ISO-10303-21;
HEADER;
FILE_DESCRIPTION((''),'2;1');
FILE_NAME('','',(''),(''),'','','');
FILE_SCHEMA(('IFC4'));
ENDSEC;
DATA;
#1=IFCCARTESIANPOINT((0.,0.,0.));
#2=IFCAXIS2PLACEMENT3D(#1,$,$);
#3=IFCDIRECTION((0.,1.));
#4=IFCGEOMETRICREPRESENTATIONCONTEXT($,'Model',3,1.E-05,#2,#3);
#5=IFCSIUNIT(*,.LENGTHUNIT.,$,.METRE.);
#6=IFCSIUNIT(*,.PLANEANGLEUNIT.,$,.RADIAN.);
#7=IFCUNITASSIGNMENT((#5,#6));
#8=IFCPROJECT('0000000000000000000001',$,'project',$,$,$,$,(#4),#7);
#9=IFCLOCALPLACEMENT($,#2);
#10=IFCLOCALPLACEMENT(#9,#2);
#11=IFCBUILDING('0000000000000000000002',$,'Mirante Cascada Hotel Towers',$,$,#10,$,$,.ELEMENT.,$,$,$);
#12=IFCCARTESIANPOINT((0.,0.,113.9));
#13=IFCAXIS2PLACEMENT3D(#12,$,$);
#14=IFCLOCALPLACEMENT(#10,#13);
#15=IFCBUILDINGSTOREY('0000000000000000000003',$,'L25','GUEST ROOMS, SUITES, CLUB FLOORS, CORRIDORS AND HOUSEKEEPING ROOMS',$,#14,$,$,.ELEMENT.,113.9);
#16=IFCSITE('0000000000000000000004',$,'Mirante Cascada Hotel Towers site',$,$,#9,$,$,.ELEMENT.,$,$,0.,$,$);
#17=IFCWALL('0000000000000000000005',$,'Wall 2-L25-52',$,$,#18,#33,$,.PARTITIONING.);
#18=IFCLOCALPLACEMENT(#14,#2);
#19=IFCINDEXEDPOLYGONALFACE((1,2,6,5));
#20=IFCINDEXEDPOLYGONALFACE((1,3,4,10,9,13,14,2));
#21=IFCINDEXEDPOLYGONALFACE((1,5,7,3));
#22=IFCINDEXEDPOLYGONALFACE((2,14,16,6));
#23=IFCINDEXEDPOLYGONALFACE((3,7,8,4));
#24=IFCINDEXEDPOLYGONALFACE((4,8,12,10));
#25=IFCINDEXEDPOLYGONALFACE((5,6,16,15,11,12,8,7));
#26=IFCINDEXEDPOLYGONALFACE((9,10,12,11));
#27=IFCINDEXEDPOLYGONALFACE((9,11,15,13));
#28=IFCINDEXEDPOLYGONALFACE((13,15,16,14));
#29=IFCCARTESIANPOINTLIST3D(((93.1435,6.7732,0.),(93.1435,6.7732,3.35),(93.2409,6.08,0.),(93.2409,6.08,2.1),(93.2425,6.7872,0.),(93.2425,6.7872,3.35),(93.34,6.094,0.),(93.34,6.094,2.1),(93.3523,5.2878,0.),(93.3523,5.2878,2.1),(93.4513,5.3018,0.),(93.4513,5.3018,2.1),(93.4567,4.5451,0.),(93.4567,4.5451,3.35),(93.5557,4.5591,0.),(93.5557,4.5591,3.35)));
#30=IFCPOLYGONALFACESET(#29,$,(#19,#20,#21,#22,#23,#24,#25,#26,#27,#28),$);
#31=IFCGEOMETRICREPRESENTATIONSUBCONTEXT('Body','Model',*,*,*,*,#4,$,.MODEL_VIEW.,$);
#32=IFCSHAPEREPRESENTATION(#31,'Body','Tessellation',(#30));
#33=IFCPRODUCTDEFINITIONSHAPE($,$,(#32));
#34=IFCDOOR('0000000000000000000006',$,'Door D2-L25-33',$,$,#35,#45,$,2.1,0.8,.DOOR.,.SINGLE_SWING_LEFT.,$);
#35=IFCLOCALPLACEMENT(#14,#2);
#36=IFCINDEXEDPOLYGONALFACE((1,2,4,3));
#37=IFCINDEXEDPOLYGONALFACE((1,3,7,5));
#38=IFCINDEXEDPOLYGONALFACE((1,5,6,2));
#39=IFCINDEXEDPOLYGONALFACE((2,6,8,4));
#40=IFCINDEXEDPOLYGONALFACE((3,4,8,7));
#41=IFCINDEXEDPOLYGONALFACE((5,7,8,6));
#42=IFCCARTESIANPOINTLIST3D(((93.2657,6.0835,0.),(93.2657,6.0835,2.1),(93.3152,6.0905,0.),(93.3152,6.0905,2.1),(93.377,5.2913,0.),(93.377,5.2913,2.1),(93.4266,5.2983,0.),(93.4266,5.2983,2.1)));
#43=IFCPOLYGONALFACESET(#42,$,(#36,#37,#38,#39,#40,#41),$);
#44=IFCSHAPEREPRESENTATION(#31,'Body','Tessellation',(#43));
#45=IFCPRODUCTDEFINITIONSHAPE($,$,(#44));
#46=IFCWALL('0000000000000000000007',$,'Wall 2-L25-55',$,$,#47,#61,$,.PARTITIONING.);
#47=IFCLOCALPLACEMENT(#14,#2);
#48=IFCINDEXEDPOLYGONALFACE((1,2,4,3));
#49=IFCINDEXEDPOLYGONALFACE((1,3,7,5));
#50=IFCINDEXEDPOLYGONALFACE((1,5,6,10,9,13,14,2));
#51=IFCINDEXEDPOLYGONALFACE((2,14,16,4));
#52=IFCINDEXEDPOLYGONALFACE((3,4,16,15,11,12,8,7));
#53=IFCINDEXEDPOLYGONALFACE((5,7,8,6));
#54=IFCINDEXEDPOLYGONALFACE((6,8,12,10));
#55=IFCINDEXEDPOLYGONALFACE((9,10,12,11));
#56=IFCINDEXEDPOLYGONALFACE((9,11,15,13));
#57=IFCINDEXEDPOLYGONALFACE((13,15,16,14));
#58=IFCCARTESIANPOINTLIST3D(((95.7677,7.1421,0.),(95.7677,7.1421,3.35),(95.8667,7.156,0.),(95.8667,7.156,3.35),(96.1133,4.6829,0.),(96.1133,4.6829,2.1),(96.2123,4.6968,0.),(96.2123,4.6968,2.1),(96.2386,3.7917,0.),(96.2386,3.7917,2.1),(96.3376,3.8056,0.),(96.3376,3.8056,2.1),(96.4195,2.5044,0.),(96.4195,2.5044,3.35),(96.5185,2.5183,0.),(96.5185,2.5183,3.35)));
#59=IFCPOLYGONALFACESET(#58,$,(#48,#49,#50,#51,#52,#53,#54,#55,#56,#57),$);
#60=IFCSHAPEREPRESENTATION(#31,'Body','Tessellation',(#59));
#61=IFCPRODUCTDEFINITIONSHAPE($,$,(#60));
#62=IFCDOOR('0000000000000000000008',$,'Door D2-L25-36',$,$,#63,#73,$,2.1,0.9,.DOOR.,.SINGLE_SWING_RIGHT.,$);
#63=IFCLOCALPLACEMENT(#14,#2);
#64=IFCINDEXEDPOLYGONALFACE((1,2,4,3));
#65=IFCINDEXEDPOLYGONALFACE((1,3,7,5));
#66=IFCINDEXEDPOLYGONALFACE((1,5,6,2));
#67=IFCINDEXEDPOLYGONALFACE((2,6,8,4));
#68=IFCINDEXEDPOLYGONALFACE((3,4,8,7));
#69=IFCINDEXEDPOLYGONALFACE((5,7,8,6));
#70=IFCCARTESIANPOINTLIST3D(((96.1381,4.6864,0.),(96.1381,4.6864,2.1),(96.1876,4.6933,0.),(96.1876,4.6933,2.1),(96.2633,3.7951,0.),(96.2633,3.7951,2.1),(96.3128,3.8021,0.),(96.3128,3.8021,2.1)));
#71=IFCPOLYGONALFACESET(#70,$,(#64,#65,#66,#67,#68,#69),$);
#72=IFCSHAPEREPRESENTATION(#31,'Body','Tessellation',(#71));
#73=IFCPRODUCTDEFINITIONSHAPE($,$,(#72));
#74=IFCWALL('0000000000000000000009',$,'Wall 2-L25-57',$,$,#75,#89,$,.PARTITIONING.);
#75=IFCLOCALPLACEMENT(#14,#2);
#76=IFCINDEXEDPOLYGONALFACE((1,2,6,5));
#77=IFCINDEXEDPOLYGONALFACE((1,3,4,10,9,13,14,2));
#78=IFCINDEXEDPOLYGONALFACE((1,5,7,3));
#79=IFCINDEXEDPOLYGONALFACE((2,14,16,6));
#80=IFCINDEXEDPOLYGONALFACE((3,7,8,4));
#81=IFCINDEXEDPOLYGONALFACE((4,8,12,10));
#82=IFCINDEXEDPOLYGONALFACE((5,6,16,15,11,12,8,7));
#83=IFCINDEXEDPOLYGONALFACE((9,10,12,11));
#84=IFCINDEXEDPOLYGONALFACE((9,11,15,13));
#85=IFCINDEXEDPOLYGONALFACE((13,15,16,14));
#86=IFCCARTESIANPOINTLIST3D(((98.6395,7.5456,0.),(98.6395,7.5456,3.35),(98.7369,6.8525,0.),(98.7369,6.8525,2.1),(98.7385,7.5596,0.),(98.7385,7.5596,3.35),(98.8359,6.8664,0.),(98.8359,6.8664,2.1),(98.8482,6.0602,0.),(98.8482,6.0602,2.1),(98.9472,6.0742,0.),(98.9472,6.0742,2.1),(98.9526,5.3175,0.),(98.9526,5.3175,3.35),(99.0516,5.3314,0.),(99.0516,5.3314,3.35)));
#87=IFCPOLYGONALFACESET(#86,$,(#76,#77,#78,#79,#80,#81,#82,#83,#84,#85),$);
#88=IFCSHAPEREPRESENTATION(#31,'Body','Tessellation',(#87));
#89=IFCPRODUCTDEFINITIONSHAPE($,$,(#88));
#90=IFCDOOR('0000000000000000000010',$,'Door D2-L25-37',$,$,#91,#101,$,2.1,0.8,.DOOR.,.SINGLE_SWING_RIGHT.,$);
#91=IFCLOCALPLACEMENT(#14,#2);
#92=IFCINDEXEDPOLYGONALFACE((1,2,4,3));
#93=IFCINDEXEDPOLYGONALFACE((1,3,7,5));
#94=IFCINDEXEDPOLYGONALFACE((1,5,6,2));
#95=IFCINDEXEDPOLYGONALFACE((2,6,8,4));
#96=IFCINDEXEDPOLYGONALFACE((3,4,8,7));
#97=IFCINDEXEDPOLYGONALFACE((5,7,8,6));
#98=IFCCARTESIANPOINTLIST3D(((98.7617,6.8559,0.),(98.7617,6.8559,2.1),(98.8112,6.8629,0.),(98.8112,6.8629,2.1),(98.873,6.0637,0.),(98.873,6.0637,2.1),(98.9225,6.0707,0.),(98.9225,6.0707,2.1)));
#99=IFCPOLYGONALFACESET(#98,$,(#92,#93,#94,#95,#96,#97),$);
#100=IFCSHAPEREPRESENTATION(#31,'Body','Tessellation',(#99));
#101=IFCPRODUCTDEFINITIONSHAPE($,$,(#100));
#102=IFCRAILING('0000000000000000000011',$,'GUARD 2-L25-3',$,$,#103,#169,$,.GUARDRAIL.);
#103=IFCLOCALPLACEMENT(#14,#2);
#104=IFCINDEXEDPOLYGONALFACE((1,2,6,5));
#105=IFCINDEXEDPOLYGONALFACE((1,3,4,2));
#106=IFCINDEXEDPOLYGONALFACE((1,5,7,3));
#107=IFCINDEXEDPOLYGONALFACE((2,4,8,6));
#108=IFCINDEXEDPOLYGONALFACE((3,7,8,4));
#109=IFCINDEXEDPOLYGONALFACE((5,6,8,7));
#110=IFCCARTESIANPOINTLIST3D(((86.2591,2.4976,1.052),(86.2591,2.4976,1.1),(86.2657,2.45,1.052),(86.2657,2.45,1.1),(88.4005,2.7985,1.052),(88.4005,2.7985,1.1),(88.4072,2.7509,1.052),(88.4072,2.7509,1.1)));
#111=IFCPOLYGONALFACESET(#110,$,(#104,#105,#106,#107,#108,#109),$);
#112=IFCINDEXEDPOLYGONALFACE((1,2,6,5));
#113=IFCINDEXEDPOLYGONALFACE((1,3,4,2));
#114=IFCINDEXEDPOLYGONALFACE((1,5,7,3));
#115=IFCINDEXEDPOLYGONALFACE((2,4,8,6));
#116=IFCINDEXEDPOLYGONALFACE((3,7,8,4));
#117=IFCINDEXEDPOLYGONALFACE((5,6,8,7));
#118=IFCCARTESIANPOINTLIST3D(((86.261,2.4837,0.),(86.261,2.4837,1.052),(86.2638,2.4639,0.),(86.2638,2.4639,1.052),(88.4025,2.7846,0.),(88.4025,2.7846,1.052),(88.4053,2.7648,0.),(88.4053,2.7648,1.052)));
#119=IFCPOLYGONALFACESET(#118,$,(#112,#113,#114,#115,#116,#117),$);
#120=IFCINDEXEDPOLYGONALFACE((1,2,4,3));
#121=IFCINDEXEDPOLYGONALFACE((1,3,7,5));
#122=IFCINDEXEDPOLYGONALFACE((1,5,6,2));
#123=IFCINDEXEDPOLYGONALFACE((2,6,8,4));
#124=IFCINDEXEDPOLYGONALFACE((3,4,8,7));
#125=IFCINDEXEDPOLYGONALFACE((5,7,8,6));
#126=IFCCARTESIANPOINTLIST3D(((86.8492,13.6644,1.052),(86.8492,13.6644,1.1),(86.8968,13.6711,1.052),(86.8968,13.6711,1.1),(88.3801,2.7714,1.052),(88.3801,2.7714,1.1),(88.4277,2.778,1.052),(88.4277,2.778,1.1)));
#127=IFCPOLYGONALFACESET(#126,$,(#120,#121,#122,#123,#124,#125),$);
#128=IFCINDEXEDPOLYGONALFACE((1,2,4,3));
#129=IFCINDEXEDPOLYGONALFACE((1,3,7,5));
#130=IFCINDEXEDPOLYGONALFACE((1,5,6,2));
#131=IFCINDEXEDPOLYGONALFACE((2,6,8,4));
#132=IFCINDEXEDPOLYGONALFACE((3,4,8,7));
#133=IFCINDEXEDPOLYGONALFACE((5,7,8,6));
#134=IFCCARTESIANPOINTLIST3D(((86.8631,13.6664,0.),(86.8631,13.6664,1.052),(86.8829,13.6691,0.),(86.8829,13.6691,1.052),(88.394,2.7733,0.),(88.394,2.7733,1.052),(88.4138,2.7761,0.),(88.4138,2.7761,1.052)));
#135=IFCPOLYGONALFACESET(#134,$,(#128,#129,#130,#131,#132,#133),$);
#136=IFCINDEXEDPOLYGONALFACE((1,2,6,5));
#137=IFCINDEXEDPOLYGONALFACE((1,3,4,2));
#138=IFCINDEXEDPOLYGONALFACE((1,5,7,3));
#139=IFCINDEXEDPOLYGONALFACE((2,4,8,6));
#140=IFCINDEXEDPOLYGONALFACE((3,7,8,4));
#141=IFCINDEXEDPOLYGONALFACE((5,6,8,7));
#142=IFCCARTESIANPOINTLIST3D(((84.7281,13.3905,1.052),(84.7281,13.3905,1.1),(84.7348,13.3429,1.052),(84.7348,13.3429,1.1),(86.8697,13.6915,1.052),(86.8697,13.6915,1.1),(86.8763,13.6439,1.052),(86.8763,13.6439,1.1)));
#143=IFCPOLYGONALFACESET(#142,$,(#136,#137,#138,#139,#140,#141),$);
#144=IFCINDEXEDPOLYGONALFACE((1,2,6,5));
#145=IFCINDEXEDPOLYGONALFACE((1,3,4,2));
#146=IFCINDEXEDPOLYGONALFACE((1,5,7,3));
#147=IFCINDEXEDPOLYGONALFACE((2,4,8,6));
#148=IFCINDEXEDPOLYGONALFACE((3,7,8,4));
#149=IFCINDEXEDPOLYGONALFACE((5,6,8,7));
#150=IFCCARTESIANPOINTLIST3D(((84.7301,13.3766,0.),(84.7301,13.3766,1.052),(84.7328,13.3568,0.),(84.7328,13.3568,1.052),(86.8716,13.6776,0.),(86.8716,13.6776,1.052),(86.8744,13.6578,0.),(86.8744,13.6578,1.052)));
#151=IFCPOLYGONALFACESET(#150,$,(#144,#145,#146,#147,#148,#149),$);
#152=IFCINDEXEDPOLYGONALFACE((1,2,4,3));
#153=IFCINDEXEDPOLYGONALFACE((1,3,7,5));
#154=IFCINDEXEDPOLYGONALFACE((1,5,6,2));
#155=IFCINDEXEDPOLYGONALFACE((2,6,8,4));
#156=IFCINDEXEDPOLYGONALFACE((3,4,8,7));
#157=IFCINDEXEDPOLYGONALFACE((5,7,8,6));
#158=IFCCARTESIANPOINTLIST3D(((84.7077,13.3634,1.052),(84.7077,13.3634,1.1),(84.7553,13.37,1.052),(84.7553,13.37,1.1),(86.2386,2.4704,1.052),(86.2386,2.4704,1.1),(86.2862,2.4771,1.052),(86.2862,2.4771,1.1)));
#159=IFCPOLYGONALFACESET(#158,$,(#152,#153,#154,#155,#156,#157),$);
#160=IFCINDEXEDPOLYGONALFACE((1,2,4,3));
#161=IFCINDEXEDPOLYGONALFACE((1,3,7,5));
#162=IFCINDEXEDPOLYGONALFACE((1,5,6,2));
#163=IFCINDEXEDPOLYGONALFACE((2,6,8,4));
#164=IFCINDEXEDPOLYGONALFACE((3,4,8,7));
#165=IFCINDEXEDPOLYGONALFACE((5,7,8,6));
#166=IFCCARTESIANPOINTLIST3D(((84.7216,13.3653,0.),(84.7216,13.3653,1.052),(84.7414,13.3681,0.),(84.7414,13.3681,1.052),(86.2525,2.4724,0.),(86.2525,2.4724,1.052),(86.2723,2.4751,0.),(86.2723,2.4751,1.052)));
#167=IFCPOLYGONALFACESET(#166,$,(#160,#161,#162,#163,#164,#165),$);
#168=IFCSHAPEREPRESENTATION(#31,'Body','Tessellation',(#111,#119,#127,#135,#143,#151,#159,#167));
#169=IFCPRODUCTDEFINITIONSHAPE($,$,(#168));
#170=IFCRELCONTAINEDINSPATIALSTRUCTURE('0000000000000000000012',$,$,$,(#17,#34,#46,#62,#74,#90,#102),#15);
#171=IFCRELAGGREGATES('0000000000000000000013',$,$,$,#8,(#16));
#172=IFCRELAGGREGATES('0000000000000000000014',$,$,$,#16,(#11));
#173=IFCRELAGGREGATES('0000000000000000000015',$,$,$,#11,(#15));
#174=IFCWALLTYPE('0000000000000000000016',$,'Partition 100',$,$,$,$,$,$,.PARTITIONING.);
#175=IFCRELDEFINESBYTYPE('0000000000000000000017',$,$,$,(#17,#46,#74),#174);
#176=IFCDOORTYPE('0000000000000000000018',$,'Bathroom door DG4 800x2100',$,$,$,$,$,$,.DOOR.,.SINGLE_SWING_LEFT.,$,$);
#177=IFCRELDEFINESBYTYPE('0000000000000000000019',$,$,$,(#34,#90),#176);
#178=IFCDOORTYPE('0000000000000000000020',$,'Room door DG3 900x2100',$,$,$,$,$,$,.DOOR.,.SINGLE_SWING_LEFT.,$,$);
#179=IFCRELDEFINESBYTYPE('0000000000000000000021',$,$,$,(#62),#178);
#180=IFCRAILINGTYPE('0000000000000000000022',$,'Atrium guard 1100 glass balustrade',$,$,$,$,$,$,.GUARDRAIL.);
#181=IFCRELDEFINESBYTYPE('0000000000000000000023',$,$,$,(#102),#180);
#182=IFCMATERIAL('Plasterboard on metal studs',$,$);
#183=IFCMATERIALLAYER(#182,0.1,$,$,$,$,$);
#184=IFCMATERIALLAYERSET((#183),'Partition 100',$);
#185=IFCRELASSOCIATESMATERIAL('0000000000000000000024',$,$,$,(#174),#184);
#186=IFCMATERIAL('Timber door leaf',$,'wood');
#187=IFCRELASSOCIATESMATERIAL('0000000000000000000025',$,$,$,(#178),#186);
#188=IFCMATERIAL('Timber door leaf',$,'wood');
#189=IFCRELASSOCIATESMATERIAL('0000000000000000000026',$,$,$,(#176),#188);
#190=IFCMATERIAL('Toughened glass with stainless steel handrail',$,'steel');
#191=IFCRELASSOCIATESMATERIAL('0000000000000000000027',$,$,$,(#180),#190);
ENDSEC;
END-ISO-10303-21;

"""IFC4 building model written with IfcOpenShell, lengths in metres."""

from ifc_helpers import new_model, si_unit, direction, frame, frame_2d, origin, origin_2d, place, context, subcontext, project, spatial, rectangle, extrude, material, layer, layer_set, type_object, element, fill, save


model = new_model("IFC4")

# Units and contexts
model_context = context("Model", 3, precision=1e-05, world=origin(), true_north=direction((0.0, 1.0)))
body_context = subcontext(model_context, "Body", "Model", "MODEL_VIEW")
ifc_project = project(units=[si_unit("LENGTHUNIT", "METRE"), si_unit("PLANEANGLEUNIT", "RADIAN")], contexts=[model_context])

# Site, building, storey
site_placement = place(None, origin())
site = spatial("IfcSite", under=ifc_project, at=site_placement, Name="Mirante Cascada Hotel Towers site", CompositionType="ELEMENT", RefElevation=0.0)
building_placement = place(site_placement, origin())
building = spatial("IfcBuilding", under=site, at=building_placement, Name="Mirante Cascada Hotel Towers", CompositionType="ELEMENT")
storey_placement = place(building_placement, frame((0.0, 0.0, 113.9)))
storey = spatial("IfcBuildingStorey", under=building, at=storey_placement, Name="L25", Description="GUEST ROOMS, SUITES, CLUB FLOORS, CORRIDORS AND HOUSEKEEPING ROOMS", CompositionType="ELEMENT", Elevation=113.9)

# Shared definitions
ifc_material_1 = material(Name="Plasterboard on metal studs")
ifc_layer_1 = layer(ifc_material_1, 0.1)
ifc_layer_set_1 = layer_set([ifc_layer_1], Name="Partition 100")
wall_type_1 = type_object("IfcWallType", Name="Partition 100", PredefinedType="PARTITIONING", material=ifc_layer_set_1)
ifc_material_2 = material(Name="Timber door leaf", Category="wood")
door_type_1 = type_object("IfcDoorType", Name="Room door DG3 900x2100", OperationType="SINGLE_SWING_LEFT", PredefinedType="DOOR", material=ifc_material_2)

# Walls, openings, doors
wall_1_placement = place(storey_placement, frame((93.5062, 4.5521, 0.0), z_axis=(0.0, 0.0, 1.0), x_axis=(-0.1392, 0.990264, 0.0)))
wall_1 = element("IfcWall", 1, at=wall_1_placement, inside=storey, type_object=wall_type_1, Name="Wall 2-L25-52", PredefinedType="PARTITIONING", context=body_context, shape_type="SweptSolid", body=[
    extrude(rectangle(XDim=2.25, YDim=0.1, at=frame_2d((1.125, 0.0))), origin(), (0.0, 0.0, 1.0), 3.35),
])
opening_1_placement = place(wall_1_placement, frame((0.75, 0.0, 0.0)))
opening_1 = element("IfcOpeningElement", 2, at=opening_1_placement, cuts=wall_1, PredefinedType="OPENING", context=body_context, shape_type="SweptSolid", body=[
    extrude(rectangle(XDim=0.8, YDim=2.1, at=frame_2d((0.4, 1.05))), frame((0.0, 0.05, 0.0), z_axis=(0.0, -1.0, 0.0), x_axis=(1.0, 0.0, 0.0)), (0.0, 0.0, 1.0), 0.1),
])
ifc_material_3 = material(Name="Timber door leaf", Category="wood")
door_type_2 = type_object("IfcDoorType", Name="Bathroom door DG4 800x2100", OperationType="SINGLE_SWING_LEFT", PredefinedType="DOOR", material=ifc_material_3)
door_1_placement = place(opening_1_placement, origin())
door_1 = element("IfcDoor", 3, at=door_1_placement, inside=storey, type_object=door_type_2, Name="Door D2-L25-33", OperationType="SINGLE_SWING_LEFT", OverallHeight=2.1, OverallWidth=0.8, PredefinedType="DOOR", context=body_context, shape_type="SweptSolid", body=[
    extrude(rectangle(XDim=0.8, YDim=2.1, at=frame_2d((0.4, 1.05))), frame((0.0, 0.025, 0.0), z_axis=(0.0, -1.0, 0.0), x_axis=(1.0, 0.0, 0.0)), (0.0, 0.0, 1.0), 0.05),
])
fill(opening_1, door_1)
wall_2_placement = place(storey_placement, frame((95.8172, 7.149, 0.0), z_axis=(0.0, 0.0, 1.0), x_axis=(0.139176, -0.990268, 0.0)))
wall_2 = element("IfcWall", 4, at=wall_2_placement, inside=storey, type_object=wall_type_1, Name="Wall 2-L25-55", PredefinedType="PARTITIONING", context=body_context, shape_type="SweptSolid", body=[
    extrude(rectangle(XDim=4.6833, YDim=0.1, at=frame_2d((2.3416, 0.0))), origin(), (0.0, 0.0, 1.0), 3.35),
])
opening_2_placement = place(wall_2_placement, frame((2.4833, 0.0, 0.0)))
opening_2 = element("IfcOpeningElement", 5, at=opening_2_placement, cuts=wall_2, PredefinedType="OPENING", context=body_context, shape_type="SweptSolid", body=[
    extrude(rectangle(XDim=0.9, YDim=2.1, at=frame_2d((0.45, 1.05))), frame((0.0, 0.05, 0.0), z_axis=(0.0, -1.0, 0.0), x_axis=(1.0, 0.0, 0.0)), (0.0, 0.0, 1.0), 0.1),
])
door_2_placement = place(opening_2_placement, frame((0.9, 0.0, 0.0), z_axis=(0.0, 0.0, 1.0), x_axis=(-1.0, 0.0, 0.0)))
door_2 = element("IfcDoor", 6, at=door_2_placement, inside=storey, type_object=door_type_1, Name="Door D2-L25-36", OperationType="SINGLE_SWING_RIGHT", OverallHeight=2.1, OverallWidth=0.9, PredefinedType="DOOR", context=body_context, shape_type="SweptSolid", body=[
    extrude(rectangle(XDim=0.9, YDim=2.1, at=frame_2d((0.45, 1.05))), frame((0.0, 0.025, 0.0), z_axis=(0.0, -1.0, 0.0), x_axis=(1.0, 0.0, 0.0)), (0.0, 0.0, 1.0), 0.05),
])
fill(opening_2, door_2)
wall_3_placement = place(storey_placement, frame((98.689, 7.5526, 0.0), z_axis=(0.0, 0.0, 1.0), x_axis=(0.139156, -0.990271, 0.0)))
wall_3 = element("IfcWall", 7, at=wall_3_placement, inside=storey, type_object=wall_type_1, Name="Wall 2-L25-57", PredefinedType="PARTITIONING", context=body_context, shape_type="SweptSolid", body=[
    extrude(rectangle(XDim=2.25, YDim=0.1, at=frame_2d((1.125, 0.0))), origin(), (0.0, 0.0, 1.0), 3.35),
])
opening_3_placement = place(wall_3_placement, frame((0.7, 0.0, 0.0)))
opening_3 = element("IfcOpeningElement", 8, at=opening_3_placement, cuts=wall_3, PredefinedType="OPENING", context=body_context, shape_type="SweptSolid", body=[
    extrude(rectangle(XDim=0.8, YDim=2.1, at=frame_2d((0.4, 1.05))), frame((0.0, 0.05, 0.0), z_axis=(0.0, -1.0, 0.0), x_axis=(1.0, 0.0, 0.0)), (0.0, 0.0, 1.0), 0.1),
])
door_3_placement = place(opening_3_placement, frame((0.8, 0.0, 0.0), z_axis=(0.0, 0.0, 1.0), x_axis=(-1.0, 0.0, 0.0)))
door_3 = element("IfcDoor", 9, at=door_3_placement, inside=storey, type_object=door_type_2, Name="Door D2-L25-37", OperationType="SINGLE_SWING_RIGHT", OverallHeight=2.1, OverallWidth=0.8, PredefinedType="DOOR", context=body_context, shape_type="SweptSolid", body=[
    extrude(rectangle(XDim=0.8, YDim=2.1, at=frame_2d((0.4, 1.05))), frame((0.0, 0.025, 0.0), z_axis=(0.0, -1.0, 0.0), x_axis=(1.0, 0.0, 0.0)), (0.0, 0.0, 1.0), 0.05),
])
fill(opening_3, door_3)

# Railing
ifc_material_4 = material(Name="Toughened glass with stainless steel handrail", Category="steel")
railing_type = type_object("IfcRailingType", Name="Atrium guard 1100 glass balustrade", PredefinedType="GUARDRAIL", material=ifc_material_4)
railing_placement = place(storey_placement, frame((86.2624, 2.4738, 0.0)))
element("IfcRailing", 10, at=railing_placement, inside=storey, type_object=railing_type, Name="GUARD 2-L25-3", PredefinedType="GUARDRAIL", context=body_context, shape_type="SweptSolid", body=[
    extrude(rectangle(XDim=0.048, YDim=0.048, at=origin_2d()), frame((0.0, 0.0, 1.076), z_axis=(0.990272, 0.139142, 0.0), x_axis=(-0.139142, 0.990272, 0.0)), (0.0, 0.0, 1.0), 2.1625),
    extrude(rectangle(XDim=0.02, YDim=1.052, at=origin_2d()), frame((0.0, 0.0, 0.526), z_axis=(0.990272, 0.139142, 0.0), x_axis=(-0.139142, 0.990272, 0.0)), (0.0, 0.0, 1.0), 2.1625),
    extrude(rectangle(XDim=0.048, YDim=0.048, at=origin_2d()), frame((2.1415, 0.3009, 1.076), z_axis=(-0.139172, 0.990268, 0.0), x_axis=(-0.990268, -0.139172, 0.0)), (0.0, 0.0, 1.0), 11.0001),
    extrude(rectangle(XDim=0.02, YDim=1.052, at=origin_2d()), frame((2.1415, 0.3009, 0.526), z_axis=(-0.139172, 0.990268, 0.0), x_axis=(-0.990268, -0.139172, 0.0)), (0.0, 0.0, 1.0), 11.0001),
    extrude(rectangle(XDim=0.048, YDim=0.048, at=origin_2d()), frame((0.6106, 11.1939, 1.076), z_axis=(-0.990266, -0.139187, 0.0), x_axis=(0.139187, -0.990266, 0.0)), (0.0, 0.0, 1.0), 2.1626),
    extrude(rectangle(XDim=0.02, YDim=1.052, at=origin_2d()), frame((0.6106, 11.1939, 0.526), z_axis=(-0.990266, -0.139187, 0.0), x_axis=(0.139187, -0.990266, 0.0)), (0.0, 0.0, 1.0), 2.1626),
    extrude(rectangle(XDim=0.048, YDim=0.048, at=origin_2d()), frame((-1.5309, 10.8929, 1.076), z_axis=(0.139173, -0.990268, 0.0), x_axis=(0.990268, 0.139173, 0.0)), (0.0, 0.0, 1.0), 11.0),
    extrude(rectangle(XDim=0.02, YDim=1.052, at=origin_2d()), frame((-1.5309, 10.8929, 0.526), z_axis=(0.139173, -0.990268, 0.0), x_axis=(0.990268, 0.139173, 0.0)), (0.0, 0.0, 1.0), 11.0),
])

save(model, "model.ifc")
